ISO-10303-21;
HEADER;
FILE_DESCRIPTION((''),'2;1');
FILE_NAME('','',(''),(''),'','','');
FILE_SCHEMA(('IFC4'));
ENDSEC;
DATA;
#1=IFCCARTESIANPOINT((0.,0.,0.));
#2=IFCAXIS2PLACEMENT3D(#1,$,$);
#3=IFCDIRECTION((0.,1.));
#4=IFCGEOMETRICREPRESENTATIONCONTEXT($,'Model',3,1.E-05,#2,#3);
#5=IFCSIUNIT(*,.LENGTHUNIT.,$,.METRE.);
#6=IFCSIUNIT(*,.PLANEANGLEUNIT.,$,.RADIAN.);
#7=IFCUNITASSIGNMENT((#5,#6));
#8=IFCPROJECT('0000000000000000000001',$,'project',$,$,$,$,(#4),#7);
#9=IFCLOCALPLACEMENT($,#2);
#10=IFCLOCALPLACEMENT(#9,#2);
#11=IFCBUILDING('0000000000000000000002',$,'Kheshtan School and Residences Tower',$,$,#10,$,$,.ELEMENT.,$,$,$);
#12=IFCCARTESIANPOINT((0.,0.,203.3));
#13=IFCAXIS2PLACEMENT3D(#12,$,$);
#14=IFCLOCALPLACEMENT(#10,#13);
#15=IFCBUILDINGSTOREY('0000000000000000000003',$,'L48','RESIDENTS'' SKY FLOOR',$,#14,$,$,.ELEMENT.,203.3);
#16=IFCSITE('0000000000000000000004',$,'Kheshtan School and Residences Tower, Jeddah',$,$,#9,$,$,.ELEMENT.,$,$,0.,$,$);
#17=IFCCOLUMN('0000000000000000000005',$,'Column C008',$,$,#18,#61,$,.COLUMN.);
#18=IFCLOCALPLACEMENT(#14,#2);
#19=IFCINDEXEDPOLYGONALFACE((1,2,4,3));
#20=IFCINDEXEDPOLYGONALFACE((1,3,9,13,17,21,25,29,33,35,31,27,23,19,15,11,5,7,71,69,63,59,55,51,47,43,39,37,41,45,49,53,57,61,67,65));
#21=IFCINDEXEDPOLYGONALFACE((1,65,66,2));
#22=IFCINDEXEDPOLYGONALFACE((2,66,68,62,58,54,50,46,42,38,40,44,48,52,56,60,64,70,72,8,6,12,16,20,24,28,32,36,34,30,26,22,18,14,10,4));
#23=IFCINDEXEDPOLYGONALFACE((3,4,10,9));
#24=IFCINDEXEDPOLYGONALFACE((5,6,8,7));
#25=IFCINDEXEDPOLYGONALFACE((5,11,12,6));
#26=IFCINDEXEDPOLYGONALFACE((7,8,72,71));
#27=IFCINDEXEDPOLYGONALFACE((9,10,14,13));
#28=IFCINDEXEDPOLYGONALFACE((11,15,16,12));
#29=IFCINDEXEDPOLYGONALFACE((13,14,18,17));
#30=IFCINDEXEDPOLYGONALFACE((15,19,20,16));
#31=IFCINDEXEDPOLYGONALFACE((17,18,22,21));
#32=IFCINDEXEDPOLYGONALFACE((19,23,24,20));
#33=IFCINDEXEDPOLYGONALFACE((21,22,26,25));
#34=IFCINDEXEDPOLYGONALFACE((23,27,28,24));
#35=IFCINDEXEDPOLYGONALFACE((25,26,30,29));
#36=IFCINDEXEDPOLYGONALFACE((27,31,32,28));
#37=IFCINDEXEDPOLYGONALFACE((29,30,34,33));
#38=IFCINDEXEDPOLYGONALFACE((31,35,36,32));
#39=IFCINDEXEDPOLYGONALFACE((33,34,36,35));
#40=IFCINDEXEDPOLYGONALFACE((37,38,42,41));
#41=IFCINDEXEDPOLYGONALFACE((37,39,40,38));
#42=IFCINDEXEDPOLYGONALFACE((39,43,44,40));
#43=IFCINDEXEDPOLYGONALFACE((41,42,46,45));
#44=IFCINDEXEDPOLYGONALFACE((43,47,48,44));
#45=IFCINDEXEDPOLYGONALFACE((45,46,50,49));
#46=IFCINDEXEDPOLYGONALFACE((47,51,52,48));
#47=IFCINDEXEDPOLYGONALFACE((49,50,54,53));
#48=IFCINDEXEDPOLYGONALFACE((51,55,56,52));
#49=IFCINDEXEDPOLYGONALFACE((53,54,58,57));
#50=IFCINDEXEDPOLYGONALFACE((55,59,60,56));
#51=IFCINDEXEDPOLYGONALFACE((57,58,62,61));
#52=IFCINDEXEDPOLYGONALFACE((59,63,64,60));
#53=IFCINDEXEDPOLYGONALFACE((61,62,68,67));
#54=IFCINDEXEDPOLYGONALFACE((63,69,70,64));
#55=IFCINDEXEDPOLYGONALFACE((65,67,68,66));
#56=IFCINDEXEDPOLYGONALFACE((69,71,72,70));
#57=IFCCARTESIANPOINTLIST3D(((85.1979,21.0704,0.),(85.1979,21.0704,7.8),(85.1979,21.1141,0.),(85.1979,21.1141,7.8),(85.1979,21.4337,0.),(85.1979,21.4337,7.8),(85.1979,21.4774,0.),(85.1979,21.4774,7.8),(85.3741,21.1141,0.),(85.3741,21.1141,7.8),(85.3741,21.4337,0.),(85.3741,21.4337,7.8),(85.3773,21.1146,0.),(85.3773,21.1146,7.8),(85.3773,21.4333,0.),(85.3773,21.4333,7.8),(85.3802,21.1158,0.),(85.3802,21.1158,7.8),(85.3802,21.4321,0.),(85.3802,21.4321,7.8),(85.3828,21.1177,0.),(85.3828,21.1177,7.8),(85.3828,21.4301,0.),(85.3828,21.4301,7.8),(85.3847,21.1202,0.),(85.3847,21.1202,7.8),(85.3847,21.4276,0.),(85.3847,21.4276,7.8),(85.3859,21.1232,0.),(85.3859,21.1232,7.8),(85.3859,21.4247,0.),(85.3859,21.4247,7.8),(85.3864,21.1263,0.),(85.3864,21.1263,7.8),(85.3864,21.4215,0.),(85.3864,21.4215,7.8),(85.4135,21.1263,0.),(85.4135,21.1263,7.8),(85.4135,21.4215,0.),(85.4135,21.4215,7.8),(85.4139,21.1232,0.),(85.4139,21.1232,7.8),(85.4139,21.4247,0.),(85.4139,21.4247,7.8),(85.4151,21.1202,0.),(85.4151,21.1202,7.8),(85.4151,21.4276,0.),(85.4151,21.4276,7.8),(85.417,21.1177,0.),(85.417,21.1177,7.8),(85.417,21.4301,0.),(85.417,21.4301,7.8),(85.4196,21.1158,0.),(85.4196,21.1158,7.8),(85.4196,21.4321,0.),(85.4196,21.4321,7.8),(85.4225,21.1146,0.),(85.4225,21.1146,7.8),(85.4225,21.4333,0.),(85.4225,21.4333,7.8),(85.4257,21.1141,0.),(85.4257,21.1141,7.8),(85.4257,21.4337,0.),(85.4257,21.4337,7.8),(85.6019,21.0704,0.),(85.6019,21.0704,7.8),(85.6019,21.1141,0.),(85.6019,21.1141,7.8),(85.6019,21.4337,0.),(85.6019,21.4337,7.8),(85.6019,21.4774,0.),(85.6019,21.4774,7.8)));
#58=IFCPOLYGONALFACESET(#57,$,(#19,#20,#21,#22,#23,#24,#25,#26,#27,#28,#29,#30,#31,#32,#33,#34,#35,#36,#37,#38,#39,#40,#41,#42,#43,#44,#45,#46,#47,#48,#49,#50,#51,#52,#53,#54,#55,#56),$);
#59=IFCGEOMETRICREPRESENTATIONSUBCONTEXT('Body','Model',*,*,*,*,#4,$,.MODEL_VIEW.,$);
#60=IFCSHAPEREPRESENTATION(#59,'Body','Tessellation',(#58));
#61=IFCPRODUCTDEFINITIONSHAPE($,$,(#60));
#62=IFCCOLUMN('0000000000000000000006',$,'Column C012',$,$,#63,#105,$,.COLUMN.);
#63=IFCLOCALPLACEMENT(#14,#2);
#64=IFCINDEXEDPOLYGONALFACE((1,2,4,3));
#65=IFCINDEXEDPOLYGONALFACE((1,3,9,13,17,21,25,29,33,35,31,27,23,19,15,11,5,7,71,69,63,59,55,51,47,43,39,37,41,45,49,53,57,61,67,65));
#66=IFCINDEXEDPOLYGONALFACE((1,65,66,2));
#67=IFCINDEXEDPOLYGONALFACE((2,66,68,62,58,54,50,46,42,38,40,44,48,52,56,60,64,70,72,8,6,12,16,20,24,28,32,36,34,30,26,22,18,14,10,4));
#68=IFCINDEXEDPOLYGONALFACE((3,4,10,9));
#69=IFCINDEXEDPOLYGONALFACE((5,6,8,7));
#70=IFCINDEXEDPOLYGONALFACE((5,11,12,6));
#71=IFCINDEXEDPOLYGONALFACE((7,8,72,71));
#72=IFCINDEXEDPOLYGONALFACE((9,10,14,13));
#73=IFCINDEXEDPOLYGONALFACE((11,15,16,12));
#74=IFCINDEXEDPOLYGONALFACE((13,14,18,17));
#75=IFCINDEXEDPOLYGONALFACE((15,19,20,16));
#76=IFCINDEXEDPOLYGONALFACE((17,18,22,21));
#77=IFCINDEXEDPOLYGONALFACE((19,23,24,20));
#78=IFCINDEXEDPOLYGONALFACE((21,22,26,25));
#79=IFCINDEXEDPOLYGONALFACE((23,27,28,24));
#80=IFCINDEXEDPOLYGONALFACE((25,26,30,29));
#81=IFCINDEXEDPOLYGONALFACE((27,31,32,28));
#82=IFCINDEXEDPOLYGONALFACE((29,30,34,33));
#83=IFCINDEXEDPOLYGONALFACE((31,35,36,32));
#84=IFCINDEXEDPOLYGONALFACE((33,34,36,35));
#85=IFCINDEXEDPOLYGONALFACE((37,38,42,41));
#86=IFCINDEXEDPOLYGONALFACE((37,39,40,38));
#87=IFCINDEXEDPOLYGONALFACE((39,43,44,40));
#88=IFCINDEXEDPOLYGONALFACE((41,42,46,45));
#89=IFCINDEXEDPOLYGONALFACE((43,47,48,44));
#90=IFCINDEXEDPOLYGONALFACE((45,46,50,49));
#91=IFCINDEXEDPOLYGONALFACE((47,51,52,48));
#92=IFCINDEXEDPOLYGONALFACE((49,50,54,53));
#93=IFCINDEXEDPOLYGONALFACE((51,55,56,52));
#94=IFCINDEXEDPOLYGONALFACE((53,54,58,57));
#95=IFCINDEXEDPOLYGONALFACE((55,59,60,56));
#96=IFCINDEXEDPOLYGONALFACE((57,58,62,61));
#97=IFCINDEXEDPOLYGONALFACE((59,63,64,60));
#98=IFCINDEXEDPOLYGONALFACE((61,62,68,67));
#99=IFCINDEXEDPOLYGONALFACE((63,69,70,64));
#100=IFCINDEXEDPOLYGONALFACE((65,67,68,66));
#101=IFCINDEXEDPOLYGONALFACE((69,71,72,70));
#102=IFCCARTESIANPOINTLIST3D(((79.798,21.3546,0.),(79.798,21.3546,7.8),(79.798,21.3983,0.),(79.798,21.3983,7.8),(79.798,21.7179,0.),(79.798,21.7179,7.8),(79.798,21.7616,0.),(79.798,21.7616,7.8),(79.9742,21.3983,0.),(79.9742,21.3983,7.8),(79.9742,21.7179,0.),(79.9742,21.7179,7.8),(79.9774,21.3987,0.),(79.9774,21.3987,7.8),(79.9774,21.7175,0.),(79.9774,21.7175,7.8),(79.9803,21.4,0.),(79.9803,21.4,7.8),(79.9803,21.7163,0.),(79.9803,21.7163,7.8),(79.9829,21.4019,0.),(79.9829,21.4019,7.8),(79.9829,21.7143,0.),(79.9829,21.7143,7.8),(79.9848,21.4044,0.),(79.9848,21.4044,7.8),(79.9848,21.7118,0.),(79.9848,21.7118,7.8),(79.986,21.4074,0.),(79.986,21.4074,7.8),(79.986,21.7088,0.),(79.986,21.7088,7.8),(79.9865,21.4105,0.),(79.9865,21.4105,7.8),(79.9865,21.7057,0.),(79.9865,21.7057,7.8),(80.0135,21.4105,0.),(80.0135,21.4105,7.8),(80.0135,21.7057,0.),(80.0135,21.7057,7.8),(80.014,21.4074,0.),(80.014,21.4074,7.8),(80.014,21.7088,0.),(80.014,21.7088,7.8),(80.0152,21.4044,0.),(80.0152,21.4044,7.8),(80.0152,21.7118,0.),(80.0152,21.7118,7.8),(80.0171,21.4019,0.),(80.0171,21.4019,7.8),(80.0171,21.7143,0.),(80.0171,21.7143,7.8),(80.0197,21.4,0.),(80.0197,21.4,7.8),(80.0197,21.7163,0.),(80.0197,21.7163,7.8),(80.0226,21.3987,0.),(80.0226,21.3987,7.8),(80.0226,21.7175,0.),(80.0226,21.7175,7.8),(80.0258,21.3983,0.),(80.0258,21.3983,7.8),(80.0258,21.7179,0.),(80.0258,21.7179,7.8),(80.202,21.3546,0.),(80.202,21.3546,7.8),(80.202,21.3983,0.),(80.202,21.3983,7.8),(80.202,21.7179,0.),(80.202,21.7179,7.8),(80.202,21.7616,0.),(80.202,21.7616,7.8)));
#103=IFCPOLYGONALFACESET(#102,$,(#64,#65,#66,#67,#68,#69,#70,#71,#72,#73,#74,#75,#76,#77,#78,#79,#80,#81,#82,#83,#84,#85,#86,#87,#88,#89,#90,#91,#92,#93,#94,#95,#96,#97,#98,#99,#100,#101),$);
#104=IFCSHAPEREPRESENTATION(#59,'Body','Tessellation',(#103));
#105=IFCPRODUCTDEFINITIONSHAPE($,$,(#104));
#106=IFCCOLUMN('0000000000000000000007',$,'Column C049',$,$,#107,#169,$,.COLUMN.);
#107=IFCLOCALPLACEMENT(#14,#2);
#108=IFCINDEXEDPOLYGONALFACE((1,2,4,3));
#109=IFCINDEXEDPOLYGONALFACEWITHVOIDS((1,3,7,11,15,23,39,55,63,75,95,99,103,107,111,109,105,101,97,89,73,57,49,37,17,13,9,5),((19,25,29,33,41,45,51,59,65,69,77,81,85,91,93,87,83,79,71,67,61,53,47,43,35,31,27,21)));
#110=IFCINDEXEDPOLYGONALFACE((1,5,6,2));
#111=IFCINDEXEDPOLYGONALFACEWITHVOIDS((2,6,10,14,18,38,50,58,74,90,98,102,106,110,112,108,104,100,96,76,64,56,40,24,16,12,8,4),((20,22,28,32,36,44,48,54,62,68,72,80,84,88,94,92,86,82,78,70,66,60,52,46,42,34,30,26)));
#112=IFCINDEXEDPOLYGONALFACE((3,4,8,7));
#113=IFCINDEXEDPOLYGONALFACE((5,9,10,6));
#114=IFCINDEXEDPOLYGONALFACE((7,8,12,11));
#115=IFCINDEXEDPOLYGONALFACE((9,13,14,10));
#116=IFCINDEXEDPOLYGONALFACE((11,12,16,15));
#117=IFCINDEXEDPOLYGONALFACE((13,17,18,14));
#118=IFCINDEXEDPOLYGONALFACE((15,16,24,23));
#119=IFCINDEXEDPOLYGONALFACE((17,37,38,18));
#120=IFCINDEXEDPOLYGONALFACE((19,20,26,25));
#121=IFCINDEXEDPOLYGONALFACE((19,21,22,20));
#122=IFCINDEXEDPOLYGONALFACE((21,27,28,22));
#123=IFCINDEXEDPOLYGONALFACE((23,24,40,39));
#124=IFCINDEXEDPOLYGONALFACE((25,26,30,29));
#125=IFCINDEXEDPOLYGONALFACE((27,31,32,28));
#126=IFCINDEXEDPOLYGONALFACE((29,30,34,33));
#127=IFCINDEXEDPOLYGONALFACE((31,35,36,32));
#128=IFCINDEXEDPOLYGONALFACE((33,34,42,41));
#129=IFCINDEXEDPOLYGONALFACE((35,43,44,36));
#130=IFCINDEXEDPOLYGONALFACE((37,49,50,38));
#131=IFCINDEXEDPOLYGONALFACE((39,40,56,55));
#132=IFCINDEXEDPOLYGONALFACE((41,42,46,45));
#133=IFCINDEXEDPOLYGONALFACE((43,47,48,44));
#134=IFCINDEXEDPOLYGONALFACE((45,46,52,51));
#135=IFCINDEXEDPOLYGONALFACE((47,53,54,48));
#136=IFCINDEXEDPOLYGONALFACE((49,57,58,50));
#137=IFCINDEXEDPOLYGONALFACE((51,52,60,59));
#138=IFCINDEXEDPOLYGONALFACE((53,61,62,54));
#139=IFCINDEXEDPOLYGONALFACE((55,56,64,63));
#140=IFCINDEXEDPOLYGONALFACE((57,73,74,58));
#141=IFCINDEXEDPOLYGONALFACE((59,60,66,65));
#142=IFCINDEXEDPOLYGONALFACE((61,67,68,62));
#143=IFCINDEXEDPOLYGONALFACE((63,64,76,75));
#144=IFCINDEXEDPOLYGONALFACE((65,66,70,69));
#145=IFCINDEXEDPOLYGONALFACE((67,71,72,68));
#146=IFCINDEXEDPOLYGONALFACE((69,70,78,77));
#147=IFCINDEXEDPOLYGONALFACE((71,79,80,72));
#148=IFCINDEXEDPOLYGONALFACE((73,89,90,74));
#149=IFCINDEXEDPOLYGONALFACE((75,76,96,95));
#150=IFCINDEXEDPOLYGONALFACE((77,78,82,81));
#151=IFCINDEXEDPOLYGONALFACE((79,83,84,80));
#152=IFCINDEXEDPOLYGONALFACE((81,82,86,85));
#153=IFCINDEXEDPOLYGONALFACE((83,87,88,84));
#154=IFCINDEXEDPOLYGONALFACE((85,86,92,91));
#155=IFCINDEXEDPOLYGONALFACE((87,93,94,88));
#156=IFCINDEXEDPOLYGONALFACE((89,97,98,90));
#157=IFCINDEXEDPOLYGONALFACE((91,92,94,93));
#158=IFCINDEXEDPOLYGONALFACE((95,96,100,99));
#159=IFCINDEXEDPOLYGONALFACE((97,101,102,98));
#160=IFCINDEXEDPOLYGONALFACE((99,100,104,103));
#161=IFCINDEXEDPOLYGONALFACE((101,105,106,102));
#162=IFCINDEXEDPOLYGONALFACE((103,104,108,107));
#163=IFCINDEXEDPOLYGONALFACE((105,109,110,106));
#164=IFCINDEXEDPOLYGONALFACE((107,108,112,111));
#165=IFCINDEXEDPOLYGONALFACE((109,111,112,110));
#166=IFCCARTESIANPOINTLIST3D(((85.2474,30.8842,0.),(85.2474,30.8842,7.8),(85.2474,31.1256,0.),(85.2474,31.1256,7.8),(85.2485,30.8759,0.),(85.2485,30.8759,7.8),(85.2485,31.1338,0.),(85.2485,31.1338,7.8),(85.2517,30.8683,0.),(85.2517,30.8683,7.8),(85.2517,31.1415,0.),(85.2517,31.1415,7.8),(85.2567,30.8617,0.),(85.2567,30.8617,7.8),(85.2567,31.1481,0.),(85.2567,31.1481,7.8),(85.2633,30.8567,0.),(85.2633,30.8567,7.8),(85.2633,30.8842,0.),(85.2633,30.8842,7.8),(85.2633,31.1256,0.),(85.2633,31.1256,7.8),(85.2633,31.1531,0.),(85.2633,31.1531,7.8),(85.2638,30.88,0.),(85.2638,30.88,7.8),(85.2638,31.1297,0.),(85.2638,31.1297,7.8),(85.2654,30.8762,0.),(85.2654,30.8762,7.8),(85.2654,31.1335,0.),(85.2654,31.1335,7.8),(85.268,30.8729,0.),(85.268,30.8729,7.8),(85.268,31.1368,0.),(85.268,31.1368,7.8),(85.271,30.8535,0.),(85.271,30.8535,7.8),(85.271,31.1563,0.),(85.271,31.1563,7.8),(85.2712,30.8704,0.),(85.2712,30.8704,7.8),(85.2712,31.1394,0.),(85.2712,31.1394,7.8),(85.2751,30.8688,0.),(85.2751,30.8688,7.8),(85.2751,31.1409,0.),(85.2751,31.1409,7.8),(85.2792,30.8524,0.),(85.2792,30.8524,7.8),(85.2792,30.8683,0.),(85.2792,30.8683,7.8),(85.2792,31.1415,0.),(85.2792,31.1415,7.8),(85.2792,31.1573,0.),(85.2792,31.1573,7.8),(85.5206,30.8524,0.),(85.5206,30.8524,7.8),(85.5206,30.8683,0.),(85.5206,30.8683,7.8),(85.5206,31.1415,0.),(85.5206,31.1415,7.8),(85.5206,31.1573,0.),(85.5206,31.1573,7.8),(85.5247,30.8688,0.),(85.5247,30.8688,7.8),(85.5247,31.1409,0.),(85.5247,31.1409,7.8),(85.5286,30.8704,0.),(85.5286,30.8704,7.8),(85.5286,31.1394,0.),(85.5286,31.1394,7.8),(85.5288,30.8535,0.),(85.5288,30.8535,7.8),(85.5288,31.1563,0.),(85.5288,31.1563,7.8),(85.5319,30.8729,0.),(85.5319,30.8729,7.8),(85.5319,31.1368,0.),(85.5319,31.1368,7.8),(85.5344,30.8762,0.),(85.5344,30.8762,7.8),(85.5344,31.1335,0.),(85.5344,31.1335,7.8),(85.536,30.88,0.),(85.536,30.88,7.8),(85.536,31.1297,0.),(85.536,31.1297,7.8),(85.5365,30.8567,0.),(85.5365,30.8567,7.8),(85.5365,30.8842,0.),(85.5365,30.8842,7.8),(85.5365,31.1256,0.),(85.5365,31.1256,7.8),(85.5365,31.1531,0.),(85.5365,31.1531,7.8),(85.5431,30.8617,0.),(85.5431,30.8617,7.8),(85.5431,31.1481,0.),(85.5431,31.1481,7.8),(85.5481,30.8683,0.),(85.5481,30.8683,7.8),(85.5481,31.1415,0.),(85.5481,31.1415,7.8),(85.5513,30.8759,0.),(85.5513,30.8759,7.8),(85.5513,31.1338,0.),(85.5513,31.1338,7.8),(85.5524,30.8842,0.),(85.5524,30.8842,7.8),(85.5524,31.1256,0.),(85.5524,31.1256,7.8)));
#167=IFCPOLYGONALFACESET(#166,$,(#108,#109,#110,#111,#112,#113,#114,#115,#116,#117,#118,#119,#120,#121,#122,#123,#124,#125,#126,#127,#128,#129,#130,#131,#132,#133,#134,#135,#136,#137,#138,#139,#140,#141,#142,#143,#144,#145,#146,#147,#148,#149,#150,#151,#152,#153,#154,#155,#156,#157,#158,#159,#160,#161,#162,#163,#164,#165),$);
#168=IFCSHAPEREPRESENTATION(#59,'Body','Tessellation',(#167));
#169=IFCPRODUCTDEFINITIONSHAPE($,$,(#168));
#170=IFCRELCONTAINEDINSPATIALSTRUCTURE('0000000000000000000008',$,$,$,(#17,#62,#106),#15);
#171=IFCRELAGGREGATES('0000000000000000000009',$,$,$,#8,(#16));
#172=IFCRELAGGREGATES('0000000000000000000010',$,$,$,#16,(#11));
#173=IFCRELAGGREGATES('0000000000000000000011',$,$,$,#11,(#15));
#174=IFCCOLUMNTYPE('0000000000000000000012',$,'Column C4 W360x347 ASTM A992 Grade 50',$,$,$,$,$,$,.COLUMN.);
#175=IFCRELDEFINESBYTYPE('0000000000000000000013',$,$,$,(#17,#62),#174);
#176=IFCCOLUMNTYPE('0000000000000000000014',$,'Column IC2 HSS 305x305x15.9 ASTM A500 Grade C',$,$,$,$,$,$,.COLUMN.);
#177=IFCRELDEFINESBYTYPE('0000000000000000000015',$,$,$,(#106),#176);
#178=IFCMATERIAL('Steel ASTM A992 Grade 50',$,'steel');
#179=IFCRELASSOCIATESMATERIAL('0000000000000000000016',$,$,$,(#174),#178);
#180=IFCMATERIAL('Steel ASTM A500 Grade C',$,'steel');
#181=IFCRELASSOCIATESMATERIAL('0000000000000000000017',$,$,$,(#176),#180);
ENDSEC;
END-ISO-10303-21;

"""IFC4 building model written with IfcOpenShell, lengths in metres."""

from ifc_helpers import new_model, si_unit, direction, frame, origin, origin_2d, place, context, subcontext, project, spatial, hollow_rectangle, i_section, extrude, material, material_profile, profile_set, type_object, element, save


model = new_model("IFC4")

# Units and contexts
model_context = context("Model", 3, precision=1e-05, world=origin(), true_north=direction((0.0, 1.0)))
body_context = subcontext(model_context, "Body", "Model", "MODEL_VIEW")
ifc_project = project(units=[si_unit("LENGTHUNIT", "METRE"), si_unit("PLANEANGLEUNIT", "RADIAN")], contexts=[model_context])

# Site, building, storey
site_placement = place(None, origin())
site = spatial("IfcSite", under=ifc_project, at=site_placement, Name="Kheshtan School and Residences Tower, Jeddah", CompositionType="ELEMENT", RefElevation=0.0)
building_placement = place(site_placement, origin())
building = spatial("IfcBuilding", under=site, at=building_placement, Name="Kheshtan School and Residences Tower", CompositionType="ELEMENT")
storey_placement = place(building_placement, frame((0.0, 0.0, 203.3)))
storey = spatial("IfcBuildingStorey", under=building, at=storey_placement, Name="L48", Description="RESIDENTS' SKY FLOOR", CompositionType="ELEMENT", Elevation=203.3)

# Columns
ifc_material_1 = material(Name="Steel ASTM A992 Grade 50", Category="steel")
ifc_material_profile_1 = material_profile(ifc_material_1, i_section(OverallWidth=0.4041, OverallDepth=0.407, WebThickness=0.0271, FlangeThickness=0.0437, FilletRadius=0.0122, at=origin_2d()), Name="W360x347")
ifc_profile_set_1 = profile_set([ifc_material_profile_1], Name="Steel ASTM A992 Grade 50")
column_type_1 = type_object("IfcColumnType", Name="Column C4 W360x347 ASTM A992 Grade 50", PredefinedType="COLUMN", material=ifc_profile_set_1)
for number, where, z_axis, x_axis, name in (
    (1, (85.3999, 21.2739, 0.0), (0.0, 0.0, 1.0), (1.0, 0.0, 0.0), "Column C008"),
    (2, (80.0, 21.5581, 0.0), (0.0, 0.0, 1.0), (1.0, 0.0, 0.0), "Column C012"),
):
    element("IfcColumn", number, at=place(storey_placement, frame(where, z_axis=z_axis, x_axis=x_axis)), inside=storey, type_object=column_type_1, Name=name, PredefinedType="COLUMN", context=body_context, shape_type="SweptSolid", body=[
        extrude(i_section(OverallWidth=0.4041, OverallDepth=0.407, WebThickness=0.0271, FlangeThickness=0.0437, FilletRadius=0.0122, at=origin_2d()), origin(), (0.0, 0.0, 1.0), 7.8),
    ])
ifc_material_2 = material(Name="Steel ASTM A500 Grade C", Category="steel")
ifc_material_profile_2 = material_profile(ifc_material_2, hollow_rectangle(XDim=0.3049, YDim=0.3049, WallThickness=0.0159, InnerFilletRadius=0.0159, OuterFilletRadius=0.0317, at=origin_2d()), Name="HSS 305x305x15.9")
ifc_profile_set_2 = profile_set([ifc_material_profile_2], Name="Steel ASTM A500 Grade C")
column_type_2 = type_object("IfcColumnType", Name="Column IC2 HSS 305x305x15.9 ASTM A500 Grade C", PredefinedType="COLUMN", material=ifc_profile_set_2)
column_placement = place(storey_placement, frame((85.3999, 31.0049, 0.0), z_axis=(0.0, 0.0, 1.0), x_axis=(1.0, 0.0, 0.0)))
element("IfcColumn", 3, at=column_placement, inside=storey, type_object=column_type_2, Name="Column C049", PredefinedType="COLUMN", context=body_context, shape_type="SweptSolid", body=[
    extrude(hollow_rectangle(XDim=0.3049, YDim=0.3049, WallThickness=0.0159, InnerFilletRadius=0.0159, OuterFilletRadius=0.0317, at=origin_2d()), origin(), (0.0, 0.0, 1.0), 7.8),
])

save(model, "model.ifc")
